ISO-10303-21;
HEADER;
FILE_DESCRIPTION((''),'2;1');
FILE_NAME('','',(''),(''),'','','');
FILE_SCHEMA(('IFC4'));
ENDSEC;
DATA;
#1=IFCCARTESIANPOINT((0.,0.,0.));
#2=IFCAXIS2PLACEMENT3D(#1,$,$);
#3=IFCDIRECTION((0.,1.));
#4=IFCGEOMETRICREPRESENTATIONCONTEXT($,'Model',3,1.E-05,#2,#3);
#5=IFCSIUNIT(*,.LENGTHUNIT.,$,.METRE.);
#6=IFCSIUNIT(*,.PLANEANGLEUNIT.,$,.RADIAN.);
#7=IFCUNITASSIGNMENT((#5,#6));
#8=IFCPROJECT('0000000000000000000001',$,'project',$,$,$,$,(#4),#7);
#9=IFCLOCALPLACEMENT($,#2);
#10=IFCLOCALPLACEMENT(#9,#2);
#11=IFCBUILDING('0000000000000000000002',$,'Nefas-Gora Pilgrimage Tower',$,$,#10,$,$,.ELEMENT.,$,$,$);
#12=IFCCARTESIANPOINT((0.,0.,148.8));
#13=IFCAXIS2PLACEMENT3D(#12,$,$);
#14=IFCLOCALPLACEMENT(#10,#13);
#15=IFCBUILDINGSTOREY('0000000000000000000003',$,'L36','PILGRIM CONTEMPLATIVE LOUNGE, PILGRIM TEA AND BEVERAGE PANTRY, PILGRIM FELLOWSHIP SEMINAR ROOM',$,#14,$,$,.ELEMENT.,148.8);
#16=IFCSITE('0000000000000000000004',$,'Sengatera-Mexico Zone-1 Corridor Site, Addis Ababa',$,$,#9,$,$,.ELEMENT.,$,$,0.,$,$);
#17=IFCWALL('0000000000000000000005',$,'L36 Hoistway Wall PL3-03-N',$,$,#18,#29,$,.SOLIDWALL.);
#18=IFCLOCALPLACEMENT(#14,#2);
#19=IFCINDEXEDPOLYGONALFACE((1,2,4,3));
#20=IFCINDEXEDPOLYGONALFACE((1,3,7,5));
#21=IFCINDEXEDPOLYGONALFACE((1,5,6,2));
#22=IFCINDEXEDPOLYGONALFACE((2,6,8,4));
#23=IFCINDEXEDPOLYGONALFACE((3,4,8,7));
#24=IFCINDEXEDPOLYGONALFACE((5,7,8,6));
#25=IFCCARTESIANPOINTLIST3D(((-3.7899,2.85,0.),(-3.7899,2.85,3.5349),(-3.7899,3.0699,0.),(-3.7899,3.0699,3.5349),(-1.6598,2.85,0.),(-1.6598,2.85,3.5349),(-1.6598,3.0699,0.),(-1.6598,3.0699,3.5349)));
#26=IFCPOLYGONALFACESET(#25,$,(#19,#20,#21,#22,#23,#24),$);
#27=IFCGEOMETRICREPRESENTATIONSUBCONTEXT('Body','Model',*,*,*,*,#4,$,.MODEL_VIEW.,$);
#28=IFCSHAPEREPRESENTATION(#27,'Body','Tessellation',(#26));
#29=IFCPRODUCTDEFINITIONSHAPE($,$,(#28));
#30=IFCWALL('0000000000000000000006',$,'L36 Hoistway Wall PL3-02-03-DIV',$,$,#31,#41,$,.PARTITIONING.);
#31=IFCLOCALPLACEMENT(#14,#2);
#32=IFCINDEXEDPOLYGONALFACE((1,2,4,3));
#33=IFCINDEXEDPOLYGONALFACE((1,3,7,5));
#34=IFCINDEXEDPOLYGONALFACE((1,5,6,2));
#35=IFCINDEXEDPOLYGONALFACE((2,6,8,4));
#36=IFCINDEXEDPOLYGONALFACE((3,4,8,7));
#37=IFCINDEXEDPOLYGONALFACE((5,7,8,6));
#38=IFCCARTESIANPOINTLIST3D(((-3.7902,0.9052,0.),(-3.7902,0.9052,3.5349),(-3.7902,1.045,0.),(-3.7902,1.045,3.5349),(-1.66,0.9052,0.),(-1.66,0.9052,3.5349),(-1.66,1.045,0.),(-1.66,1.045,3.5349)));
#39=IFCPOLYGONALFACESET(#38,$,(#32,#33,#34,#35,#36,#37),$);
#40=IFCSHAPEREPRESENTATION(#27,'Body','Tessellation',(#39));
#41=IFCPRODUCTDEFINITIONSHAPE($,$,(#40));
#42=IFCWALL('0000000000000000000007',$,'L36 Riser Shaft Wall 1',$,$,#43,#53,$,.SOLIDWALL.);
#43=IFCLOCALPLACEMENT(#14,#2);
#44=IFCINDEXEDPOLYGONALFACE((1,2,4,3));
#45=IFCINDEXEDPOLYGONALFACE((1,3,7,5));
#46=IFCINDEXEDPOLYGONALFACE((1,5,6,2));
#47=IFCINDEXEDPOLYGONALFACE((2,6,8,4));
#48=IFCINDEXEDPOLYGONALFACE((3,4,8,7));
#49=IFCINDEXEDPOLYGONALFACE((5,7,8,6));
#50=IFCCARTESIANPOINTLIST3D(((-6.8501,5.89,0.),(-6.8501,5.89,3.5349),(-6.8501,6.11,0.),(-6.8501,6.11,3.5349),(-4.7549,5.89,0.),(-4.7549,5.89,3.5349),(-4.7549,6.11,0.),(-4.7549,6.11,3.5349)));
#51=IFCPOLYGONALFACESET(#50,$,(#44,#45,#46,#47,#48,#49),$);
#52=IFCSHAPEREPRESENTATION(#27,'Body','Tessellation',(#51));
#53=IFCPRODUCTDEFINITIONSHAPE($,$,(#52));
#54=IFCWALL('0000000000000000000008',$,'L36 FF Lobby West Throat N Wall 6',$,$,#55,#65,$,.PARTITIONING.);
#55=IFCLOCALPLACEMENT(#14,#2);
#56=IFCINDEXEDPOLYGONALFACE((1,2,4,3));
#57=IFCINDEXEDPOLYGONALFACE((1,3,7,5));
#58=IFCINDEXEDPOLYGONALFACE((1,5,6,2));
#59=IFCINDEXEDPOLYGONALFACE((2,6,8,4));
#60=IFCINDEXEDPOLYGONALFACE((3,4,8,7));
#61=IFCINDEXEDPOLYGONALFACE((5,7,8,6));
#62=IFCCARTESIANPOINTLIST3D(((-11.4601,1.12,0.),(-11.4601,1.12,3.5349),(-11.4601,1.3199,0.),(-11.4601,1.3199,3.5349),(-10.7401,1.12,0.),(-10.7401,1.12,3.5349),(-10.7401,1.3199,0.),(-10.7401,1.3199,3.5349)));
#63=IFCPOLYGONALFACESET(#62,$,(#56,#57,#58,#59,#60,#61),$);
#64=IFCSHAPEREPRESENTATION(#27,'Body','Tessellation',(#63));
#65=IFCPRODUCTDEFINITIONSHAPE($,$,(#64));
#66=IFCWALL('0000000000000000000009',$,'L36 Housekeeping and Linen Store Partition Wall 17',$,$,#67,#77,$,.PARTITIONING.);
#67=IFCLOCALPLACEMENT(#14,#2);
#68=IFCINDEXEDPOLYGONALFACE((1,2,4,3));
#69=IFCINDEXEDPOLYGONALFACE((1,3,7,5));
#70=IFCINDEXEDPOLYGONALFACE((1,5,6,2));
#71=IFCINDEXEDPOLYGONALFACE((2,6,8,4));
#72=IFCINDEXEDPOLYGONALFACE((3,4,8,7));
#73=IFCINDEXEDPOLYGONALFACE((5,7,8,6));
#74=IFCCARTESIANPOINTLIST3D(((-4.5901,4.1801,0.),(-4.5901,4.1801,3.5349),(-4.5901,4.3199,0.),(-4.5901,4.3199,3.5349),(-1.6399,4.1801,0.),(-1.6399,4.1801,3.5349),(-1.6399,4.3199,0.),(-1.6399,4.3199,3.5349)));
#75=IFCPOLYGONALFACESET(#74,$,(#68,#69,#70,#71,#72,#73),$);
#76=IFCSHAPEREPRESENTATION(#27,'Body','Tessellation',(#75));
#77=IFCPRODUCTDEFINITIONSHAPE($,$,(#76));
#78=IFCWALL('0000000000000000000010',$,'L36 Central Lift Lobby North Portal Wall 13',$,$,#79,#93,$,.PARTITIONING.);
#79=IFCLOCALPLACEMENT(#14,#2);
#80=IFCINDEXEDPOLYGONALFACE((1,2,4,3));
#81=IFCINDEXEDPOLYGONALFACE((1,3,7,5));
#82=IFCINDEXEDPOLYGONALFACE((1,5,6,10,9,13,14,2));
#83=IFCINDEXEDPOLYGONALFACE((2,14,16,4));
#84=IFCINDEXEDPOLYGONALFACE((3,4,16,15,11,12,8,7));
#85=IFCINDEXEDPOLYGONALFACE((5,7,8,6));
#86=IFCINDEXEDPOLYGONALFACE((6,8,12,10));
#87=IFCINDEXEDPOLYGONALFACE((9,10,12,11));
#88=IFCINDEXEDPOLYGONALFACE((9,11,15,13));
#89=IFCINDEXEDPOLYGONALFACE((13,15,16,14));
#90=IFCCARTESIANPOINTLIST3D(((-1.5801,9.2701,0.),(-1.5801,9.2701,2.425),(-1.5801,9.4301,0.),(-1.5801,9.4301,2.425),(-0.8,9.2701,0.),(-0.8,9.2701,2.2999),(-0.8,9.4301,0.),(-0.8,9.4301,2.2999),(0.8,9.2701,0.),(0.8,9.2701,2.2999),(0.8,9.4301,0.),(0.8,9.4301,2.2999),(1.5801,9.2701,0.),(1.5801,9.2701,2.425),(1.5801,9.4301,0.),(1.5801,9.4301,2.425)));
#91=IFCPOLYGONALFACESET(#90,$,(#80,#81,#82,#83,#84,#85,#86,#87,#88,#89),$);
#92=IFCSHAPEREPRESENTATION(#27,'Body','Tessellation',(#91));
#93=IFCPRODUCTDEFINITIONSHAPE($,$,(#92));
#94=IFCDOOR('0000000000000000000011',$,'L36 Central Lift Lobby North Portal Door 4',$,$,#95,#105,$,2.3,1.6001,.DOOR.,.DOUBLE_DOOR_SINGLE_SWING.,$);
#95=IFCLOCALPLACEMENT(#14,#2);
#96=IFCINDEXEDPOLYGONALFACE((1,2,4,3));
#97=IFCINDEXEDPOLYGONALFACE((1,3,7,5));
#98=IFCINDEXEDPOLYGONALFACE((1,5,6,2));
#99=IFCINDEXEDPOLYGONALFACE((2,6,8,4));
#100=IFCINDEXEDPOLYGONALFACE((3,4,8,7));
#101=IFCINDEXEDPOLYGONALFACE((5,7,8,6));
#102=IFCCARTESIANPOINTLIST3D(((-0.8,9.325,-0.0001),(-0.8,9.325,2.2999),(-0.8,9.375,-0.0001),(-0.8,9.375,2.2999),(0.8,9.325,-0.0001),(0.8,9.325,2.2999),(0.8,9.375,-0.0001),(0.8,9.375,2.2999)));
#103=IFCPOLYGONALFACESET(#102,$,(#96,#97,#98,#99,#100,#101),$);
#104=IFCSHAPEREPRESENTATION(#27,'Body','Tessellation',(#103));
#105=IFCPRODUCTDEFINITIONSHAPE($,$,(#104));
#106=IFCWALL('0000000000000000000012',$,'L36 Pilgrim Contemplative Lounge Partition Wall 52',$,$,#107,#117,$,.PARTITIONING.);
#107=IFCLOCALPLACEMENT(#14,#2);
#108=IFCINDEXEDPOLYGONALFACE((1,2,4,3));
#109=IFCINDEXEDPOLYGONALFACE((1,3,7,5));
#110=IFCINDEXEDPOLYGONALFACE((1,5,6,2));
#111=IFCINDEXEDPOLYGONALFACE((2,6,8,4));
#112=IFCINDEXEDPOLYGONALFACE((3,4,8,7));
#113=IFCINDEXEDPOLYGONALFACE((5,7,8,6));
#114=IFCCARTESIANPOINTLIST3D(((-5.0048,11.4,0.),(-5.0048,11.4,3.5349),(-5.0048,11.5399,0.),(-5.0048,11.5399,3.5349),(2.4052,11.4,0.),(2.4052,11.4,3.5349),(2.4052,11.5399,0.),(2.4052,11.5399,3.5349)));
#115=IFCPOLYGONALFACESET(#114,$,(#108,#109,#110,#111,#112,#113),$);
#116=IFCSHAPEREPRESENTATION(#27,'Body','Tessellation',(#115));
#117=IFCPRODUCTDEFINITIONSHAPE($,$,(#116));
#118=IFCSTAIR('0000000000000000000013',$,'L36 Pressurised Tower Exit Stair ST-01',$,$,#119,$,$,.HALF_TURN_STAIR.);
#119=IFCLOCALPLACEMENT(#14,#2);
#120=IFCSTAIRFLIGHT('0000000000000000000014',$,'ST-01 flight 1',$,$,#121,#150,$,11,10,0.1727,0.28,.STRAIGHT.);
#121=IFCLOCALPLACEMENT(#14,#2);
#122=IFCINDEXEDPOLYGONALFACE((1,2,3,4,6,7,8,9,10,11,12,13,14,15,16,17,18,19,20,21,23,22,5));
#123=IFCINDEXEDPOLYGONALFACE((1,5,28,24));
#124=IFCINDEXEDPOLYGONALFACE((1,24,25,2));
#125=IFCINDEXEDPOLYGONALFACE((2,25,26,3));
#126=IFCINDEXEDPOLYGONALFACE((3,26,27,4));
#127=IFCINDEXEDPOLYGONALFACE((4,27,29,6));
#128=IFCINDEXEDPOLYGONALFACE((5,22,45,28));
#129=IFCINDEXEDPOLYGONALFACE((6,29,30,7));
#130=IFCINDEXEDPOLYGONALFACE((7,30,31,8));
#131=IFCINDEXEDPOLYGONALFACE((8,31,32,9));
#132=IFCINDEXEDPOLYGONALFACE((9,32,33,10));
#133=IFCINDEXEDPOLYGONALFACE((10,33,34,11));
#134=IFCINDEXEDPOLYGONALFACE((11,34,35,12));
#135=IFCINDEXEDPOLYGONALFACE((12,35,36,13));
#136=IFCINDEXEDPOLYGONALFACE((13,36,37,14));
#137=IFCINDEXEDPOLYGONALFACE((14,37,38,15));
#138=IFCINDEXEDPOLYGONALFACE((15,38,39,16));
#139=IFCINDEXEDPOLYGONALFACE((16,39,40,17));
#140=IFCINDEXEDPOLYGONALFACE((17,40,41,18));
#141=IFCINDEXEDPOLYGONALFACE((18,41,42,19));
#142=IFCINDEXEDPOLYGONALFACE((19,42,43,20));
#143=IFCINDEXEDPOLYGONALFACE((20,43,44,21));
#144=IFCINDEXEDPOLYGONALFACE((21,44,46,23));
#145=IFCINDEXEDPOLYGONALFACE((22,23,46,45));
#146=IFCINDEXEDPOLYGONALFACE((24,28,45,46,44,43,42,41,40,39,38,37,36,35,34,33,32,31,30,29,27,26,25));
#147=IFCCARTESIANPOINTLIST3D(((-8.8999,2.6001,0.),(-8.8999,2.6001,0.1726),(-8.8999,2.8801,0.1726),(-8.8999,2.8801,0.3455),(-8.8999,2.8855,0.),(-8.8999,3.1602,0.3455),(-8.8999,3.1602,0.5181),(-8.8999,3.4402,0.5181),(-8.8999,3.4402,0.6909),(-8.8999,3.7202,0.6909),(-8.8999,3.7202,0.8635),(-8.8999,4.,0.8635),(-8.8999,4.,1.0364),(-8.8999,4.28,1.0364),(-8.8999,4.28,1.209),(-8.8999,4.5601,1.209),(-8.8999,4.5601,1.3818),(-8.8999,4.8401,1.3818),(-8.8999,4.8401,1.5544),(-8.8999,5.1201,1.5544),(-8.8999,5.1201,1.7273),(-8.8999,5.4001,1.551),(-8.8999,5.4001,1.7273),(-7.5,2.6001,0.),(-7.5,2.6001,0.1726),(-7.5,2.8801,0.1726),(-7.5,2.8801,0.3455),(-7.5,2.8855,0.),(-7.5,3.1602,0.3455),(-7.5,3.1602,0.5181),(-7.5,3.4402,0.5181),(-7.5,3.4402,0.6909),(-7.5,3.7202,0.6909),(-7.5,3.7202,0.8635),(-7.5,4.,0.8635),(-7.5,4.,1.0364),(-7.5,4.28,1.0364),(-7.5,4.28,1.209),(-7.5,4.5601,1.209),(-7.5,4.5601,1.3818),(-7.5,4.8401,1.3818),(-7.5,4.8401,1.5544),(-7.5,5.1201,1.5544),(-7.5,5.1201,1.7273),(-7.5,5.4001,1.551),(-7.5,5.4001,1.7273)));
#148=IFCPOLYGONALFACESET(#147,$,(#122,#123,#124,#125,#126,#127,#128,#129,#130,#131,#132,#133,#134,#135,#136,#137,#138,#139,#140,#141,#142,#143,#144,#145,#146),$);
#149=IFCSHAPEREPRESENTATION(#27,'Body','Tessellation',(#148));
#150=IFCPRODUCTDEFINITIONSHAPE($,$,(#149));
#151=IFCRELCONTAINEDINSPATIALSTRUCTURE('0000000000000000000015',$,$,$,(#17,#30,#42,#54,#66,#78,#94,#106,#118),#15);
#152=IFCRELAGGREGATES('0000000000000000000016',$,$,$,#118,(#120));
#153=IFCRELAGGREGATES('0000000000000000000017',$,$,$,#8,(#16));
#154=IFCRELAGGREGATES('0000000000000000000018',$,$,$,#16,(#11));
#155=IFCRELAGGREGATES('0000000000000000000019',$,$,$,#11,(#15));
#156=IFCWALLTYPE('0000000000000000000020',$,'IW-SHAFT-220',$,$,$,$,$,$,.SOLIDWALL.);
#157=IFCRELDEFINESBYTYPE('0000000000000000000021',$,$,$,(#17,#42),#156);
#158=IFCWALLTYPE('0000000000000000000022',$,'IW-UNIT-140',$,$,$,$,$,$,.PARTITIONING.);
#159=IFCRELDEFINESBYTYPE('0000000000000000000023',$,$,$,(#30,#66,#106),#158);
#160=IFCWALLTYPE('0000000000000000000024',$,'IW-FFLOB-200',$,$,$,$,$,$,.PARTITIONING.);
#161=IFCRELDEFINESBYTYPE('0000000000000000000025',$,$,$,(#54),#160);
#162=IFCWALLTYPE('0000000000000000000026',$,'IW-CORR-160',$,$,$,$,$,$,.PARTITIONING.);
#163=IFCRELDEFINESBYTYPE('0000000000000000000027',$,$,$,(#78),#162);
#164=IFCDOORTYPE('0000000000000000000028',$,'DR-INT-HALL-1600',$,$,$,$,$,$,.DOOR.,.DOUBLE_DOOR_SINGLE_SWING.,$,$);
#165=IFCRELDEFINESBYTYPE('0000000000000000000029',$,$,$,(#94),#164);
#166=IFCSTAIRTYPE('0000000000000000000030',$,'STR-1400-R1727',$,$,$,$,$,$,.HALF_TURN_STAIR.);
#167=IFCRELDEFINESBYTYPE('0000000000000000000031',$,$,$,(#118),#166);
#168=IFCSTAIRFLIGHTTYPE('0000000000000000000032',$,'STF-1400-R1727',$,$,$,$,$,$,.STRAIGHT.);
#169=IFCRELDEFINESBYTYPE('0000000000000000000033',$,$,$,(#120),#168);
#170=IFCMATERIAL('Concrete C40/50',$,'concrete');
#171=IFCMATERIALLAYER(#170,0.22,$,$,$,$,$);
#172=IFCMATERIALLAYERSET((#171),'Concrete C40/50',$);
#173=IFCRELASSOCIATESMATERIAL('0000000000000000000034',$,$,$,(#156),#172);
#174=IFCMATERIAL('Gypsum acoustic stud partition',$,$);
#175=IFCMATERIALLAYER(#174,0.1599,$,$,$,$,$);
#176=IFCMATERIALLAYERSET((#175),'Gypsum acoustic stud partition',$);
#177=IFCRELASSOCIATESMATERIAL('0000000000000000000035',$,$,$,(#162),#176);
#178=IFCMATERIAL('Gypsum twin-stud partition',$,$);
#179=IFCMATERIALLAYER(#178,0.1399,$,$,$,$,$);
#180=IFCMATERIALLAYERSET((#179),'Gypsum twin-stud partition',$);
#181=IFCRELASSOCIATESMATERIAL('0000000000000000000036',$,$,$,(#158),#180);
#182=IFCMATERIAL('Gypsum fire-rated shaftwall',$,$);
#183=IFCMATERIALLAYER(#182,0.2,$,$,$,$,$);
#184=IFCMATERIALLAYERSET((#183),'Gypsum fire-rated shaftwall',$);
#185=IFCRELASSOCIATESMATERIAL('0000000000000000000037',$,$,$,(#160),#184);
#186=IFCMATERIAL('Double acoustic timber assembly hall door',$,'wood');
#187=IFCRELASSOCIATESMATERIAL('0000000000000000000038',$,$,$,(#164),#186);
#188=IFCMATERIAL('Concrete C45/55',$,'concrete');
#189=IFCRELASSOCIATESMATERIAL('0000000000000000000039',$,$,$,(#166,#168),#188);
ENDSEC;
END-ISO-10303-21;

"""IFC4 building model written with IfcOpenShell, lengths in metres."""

from ifc_helpers import new_model, si_unit, direction, frame, frame_2d, origin, place, context, subcontext, project, spatial, polyline, rectangle, outline, extrude, source, transform, mapped, material, layer, layer_set, type_object, element, fill, aggregate, save


model = new_model("IFC4")

# Units and contexts
model_context = context("Model", 3, precision=1e-05, world=origin(), true_north=direction((0.0, 1.0)))
body_context = subcontext(model_context, "Body", "Model", "MODEL_VIEW")
ifc_project = project(units=[si_unit("LENGTHUNIT", "METRE"), si_unit("PLANEANGLEUNIT", "RADIAN")], contexts=[model_context])

# Site, building, storey
site_placement = place(None, origin())
site = spatial("IfcSite", under=ifc_project, at=site_placement, Name="Sengatera-Mexico Zone-1 Corridor Site, Addis Ababa", CompositionType="ELEMENT", RefElevation=0.0)
building_placement = place(site_placement, origin())
building = spatial("IfcBuilding", under=site, at=building_placement, Name="Nefas-Gora Pilgrimage Tower", CompositionType="ELEMENT")
storey_placement = place(building_placement, frame((0.0, 0.0, 148.8)))
storey = spatial("IfcBuildingStorey", under=building, at=storey_placement, Name="L36", Description="PILGRIM CONTEMPLATIVE LOUNGE, PILGRIM TEA AND BEVERAGE PANTRY, PILGRIM FELLOWSHIP SEMINAR ROOM", CompositionType="ELEMENT", Elevation=148.8)

# Shared definitions
ifc_material_1 = material(Name="Concrete C45/55", Category="concrete")

# Shared definitions
ifc_material_2 = material(Name="Concrete C40/50", Category="concrete")
ifc_layer_1 = layer(ifc_material_2, 0.22)
ifc_layer_set_1 = layer_set([ifc_layer_1], Name="Concrete C40/50")
wall_type_1 = type_object("IfcWallType", Name="IW-SHAFT-220", PredefinedType="SOLIDWALL", material=ifc_layer_set_1)

# Walls
ifc_material_3 = material(Name="Gypsum acoustic stud partition")
ifc_layer_2 = layer(ifc_material_3, 0.1599)
ifc_layer_set_2 = layer_set([ifc_layer_2], Name="Gypsum acoustic stud partition")
wall_type_2 = type_object("IfcWallType", Name="IW-CORR-160", PredefinedType="PARTITIONING", material=ifc_layer_set_2)
ifc_material_4 = material(Name="Gypsum twin-stud partition")
ifc_layer_3 = layer(ifc_material_4, 0.1399)
ifc_layer_set_3 = layer_set([ifc_layer_3], Name="Gypsum twin-stud partition")
wall_type_3 = type_object("IfcWallType", Name="IW-UNIT-140", PredefinedType="PARTITIONING", material=ifc_layer_set_3)
shared_shape_1 = source(origin(), body_context, "Body", "SweptSolid", [
    extrude(rectangle(XDim=2.1301, YDim=0.22, at=frame_2d((1.0649, 0.0))), origin(), (0.0, 0.0, 1.0), 3.5349),
])
wall_1_placement = place(storey_placement, frame((-1.6599, 2.96, 0.0), z_axis=(0.0, 0.0, 1.0), x_axis=(-1.0, 0.0, 0.0)))
element("IfcWall", 1, at=wall_1_placement, inside=storey, type_object=wall_type_1, Name="L36 Hoistway Wall PL3-03-N", PredefinedType="SOLIDWALL", context=body_context, shape_type="MappedRepresentation", body=[
    mapped(shared_shape_1, transform((0.0, 0.0, 0.0), x_axis=(1.0, 0.0, 0.0), y_axis=(0.0, 1.0, 0.0), z_axis=(0.0, 0.0, 1.0), scale=1.0)),
])
shared_shape_2 = source(origin(), body_context, "Body", "SweptSolid", [
    extrude(rectangle(XDim=2.1301, YDim=0.1399, at=frame_2d((1.0649, 0.0))), origin(), (0.0, 0.0, 1.0), 3.5349),
])
wall_2_placement = place(storey_placement, frame((-3.79, 0.9751, 0.0), z_axis=(0.0, 0.0, 1.0), x_axis=(1.0, 0.0, 0.0)))
element("IfcWall", 2, at=wall_2_placement, inside=storey, type_object=wall_type_3, Name="L36 Hoistway Wall PL3-02-03-DIV", PredefinedType="PARTITIONING", context=body_context, shape_type="MappedRepresentation", body=[
    mapped(shared_shape_2, transform((0.0, 0.0, 0.0), x_axis=(1.0, 0.0, 0.0), y_axis=(0.0, 1.0, 0.0), z_axis=(0.0, 0.0, 1.0), scale=1.0)),
])
shared_shape_3 = source(origin(), body_context, "Body", "SweptSolid", [
    extrude(rectangle(XDim=2.0952, YDim=0.22, at=frame_2d((1.0476, 0.0))), origin(), (0.0, 0.0, 1.0), 3.5349),
])
wall_3_placement = place(storey_placement, frame((-6.8501, 6.0, 0.0), z_axis=(0.0, 0.0, 1.0), x_axis=(1.0, 0.0, 0.0)))
element("IfcWall", 3, at=wall_3_placement, inside=storey, type_object=wall_type_1, Name="L36 Riser Shaft Wall 1", PredefinedType="SOLIDWALL", context=body_context, shape_type="MappedRepresentation", body=[
    mapped(shared_shape_3, transform((0.0, 0.0, 0.0), x_axis=(1.0, 0.0, 0.0), y_axis=(0.0, 1.0, 0.0), z_axis=(0.0, 0.0, 1.0), scale=1.0)),
])
ifc_material_5 = material(Name="Gypsum fire-rated shaftwall")
ifc_layer_4 = layer(ifc_material_5, 0.2)
ifc_layer_set_4 = layer_set([ifc_layer_4], Name="Gypsum fire-rated shaftwall")
wall_type_4 = type_object("IfcWallType", Name="IW-FFLOB-200", PredefinedType="PARTITIONING", material=ifc_layer_set_4)
shared_shape_4 = source(origin(), body_context, "Body", "SweptSolid", [
    extrude(rectangle(XDim=0.72, YDim=0.2, at=frame_2d((0.3599, 0.0))), origin(), (0.0, 0.0, 1.0), 3.5349),
])
wall_4_placement = place(storey_placement, frame((-11.46, 1.22, 0.0), z_axis=(0.0, 0.0, 1.0), x_axis=(1.0, 0.0, 0.0)))
element("IfcWall", 4, at=wall_4_placement, inside=storey, type_object=wall_type_4, Name="L36 FF Lobby West Throat N Wall 6", PredefinedType="PARTITIONING", context=body_context, shape_type="MappedRepresentation", body=[
    mapped(shared_shape_4, transform((0.0, 0.0, 0.0), x_axis=(1.0, 0.0, 0.0), y_axis=(0.0, 1.0, 0.0), z_axis=(0.0, 0.0, 1.0), scale=1.0)),
])
shared_shape_5 = source(origin(), body_context, "Body", "SweptSolid", [
    extrude(rectangle(XDim=2.9502, YDim=0.1399, at=frame_2d((1.4751, 0.0))), origin(), (0.0, 0.0, 1.0), 3.5349),
])
wall_5_placement = place(storey_placement, frame((-4.5901, 4.25, 0.0), z_axis=(0.0, 0.0, 1.0), x_axis=(1.0, 0.0, 0.0)))
element("IfcWall", 5, at=wall_5_placement, inside=storey, type_object=wall_type_3, Name="L36 Housekeeping and Linen Store Partition Wall 17", PredefinedType="PARTITIONING", context=body_context, shape_type="MappedRepresentation", body=[
    mapped(shared_shape_5, transform((0.0, 0.0, 0.0), x_axis=(1.0, 0.0, 0.0), y_axis=(0.0, 1.0, 0.0), z_axis=(0.0, 0.0, 1.0), scale=1.0)),
])

# Wall, opening, door
shared_shape_6 = source(origin(), body_context, "Body", "SweptSolid", [
    extrude(rectangle(XDim=3.1602, YDim=0.1599, at=frame_2d((1.5801, 0.0))), origin(), (0.0, 0.0, 1.0), 2.425),
])
wall_6_placement = place(storey_placement, frame((-1.5801, 9.3501, 0.0), z_axis=(0.0, 0.0, 1.0), x_axis=(1.0, 0.0, 0.0)))
wall_6 = element("IfcWall", 6, at=wall_6_placement, inside=storey, type_object=wall_type_2, Name="L36 Central Lift Lobby North Portal Wall 13", PredefinedType="PARTITIONING", context=body_context, shape_type="MappedRepresentation", body=[
    mapped(shared_shape_6, transform((0.0, 0.0, 0.0), x_axis=(1.0, 0.0, 0.0), y_axis=(0.0, 1.0, 0.0), z_axis=(0.0, 0.0, 1.0), scale=1.0)),
])
opening_1_placement = place(wall_6_placement, frame((0.78, 0.0, 0.0)))
opening_1 = element("IfcOpeningElement", 7, at=opening_1_placement, cuts=wall_6, PredefinedType="OPENING", context=body_context, shape_type="SweptSolid", body=[
    extrude(rectangle(XDim=1.6001, YDim=2.3, at=frame_2d((0.8, 1.1499))), frame((0.0, 0.0898, 0.0), z_axis=(0.0, -1.0, 0.0), x_axis=(1.0, 0.0, 0.0)), (0.0, 0.0, 1.0), 0.1799),
])
ifc_material_6 = material(Name="Double acoustic timber assembly hall door", Category="wood")
door_type_1 = type_object("IfcDoorType", Name="DR-INT-HALL-1600", OperationType="DOUBLE_DOOR_SINGLE_SWING", PredefinedType="DOOR", material=ifc_material_6)
shared_shape_7 = source(origin(), body_context, "Body", "SweptSolid", [
    extrude(rectangle(XDim=1.6001, YDim=2.3, at=frame_2d((0.8, 1.1499))), frame((0.0, 0.0249, 0.0), z_axis=(0.0, -1.0, 0.0), x_axis=(1.0, 0.0, 0.0)), (0.0, 0.0, 1.0), 0.05),
])
door_1_placement = place(opening_1_placement, origin())
door_1 = element("IfcDoor", 8, at=door_1_placement, inside=storey, type_object=door_type_1, Name="L36 Central Lift Lobby North Portal Door 4", OperationType="DOUBLE_DOOR_SINGLE_SWING", OverallHeight=2.3, OverallWidth=1.6001, PredefinedType="DOOR", context=body_context, shape_type="MappedRepresentation", body=[
    mapped(shared_shape_7, transform((0.0, 0.0, 0.0), x_axis=(1.0, 0.0, 0.0), y_axis=(0.0, 1.0, 0.0), z_axis=(0.0, 0.0, 1.0), scale=1.0)),
])
fill(opening_1, door_1)

# Wall
shared_shape_8 = source(origin(), body_context, "Body", "SweptSolid", [
    extrude(rectangle(XDim=7.4099, YDim=0.1399, at=frame_2d((3.7051, 0.0))), origin(), (0.0, 0.0, 1.0), 3.5349),
])
wall_7_placement = place(storey_placement, frame((-5.0049, 11.47, 0.0), z_axis=(0.0, 0.0, 1.0), x_axis=(1.0, 0.0, 0.0)))
element("IfcWall", 9, at=wall_7_placement, inside=storey, type_object=wall_type_3, Name="L36 Pilgrim Contemplative Lounge Partition Wall 52", PredefinedType="PARTITIONING", context=body_context, shape_type="MappedRepresentation", body=[
    mapped(shared_shape_8, transform((0.0, 0.0, 0.0), x_axis=(1.0, 0.0, 0.0), y_axis=(0.0, 1.0, 0.0), z_axis=(0.0, 0.0, 1.0), scale=1.0)),
])

# Stair, stair flight
stair_type = type_object("IfcStairType", Name="STR-1400-R1727", PredefinedType="HALF_TURN_STAIR", material=ifc_material_1)
stair_placement = place(storey_placement, origin())
stair = element("IfcStair", 10, at=stair_placement, inside=storey, type_object=stair_type, Name="L36 Pressurised Tower Exit Stair ST-01", PredefinedType="HALF_TURN_STAIR")
stair_flight_type = type_object("IfcStairFlightType", Name="STF-1400-R1727", PredefinedType="STRAIGHT", material=ifc_material_1)
shared_shape_9 = source(origin(), body_context, "Body", "SweptSolid", [
    extrude(outline(polyline([(0.0, 0.0), (0.0, 0.1726), (0.28, 0.1726), (0.28, 0.3455), (0.5601, 0.3455), (0.5601, 0.5181), (0.8401, 0.5181), (0.8401, 0.6909), (1.1201, 0.6909), (1.1201, 0.8635), (1.3999, 0.8635), (1.3999, 1.0364), (1.6799, 1.0364), (1.6799, 1.209), (1.96, 1.209), (1.96, 1.3818), (2.24, 1.3818), (2.24, 1.5544), (2.52, 1.5544), (2.52, 1.7273), (2.8, 1.7273), (2.8, 1.8999), (2.8, 1.551), (0.2854, 0.0), (0.0, 0.0)])), frame((0.0, 0.7, 0.0), z_axis=(0.0, -1.0, 0.0), x_axis=(1.0, 0.0, 0.0)), (0.0, 0.0, 1.0), 1.3999),
])
stair_flight_1_placement = place(storey_placement, frame((-8.2, 2.6001, 0.0), z_axis=(0.0, 0.0, 1.0), x_axis=(0.0, 1.0, 0.0)))
stair_flight_1 = element("IfcStairFlight", 11, at=stair_flight_1_placement, type_object=stair_flight_type, Name="ST-01 flight 1", NumberOfRisers=11, NumberOfTreads=10, PredefinedType="STRAIGHT", RiserHeight=0.1727, TreadLength=0.28, context=body_context, shape_type="MappedRepresentation", body=[
    mapped(shared_shape_9, transform((0.0, 0.0, 0.0), x_axis=(1.0, 0.0, 0.0), y_axis=(0.0, 1.0, 0.0), z_axis=(0.0, 0.0, 1.0), scale=1.0)),
])
aggregate(stair, [stair_flight_1])

save(model, "model.ifc")
